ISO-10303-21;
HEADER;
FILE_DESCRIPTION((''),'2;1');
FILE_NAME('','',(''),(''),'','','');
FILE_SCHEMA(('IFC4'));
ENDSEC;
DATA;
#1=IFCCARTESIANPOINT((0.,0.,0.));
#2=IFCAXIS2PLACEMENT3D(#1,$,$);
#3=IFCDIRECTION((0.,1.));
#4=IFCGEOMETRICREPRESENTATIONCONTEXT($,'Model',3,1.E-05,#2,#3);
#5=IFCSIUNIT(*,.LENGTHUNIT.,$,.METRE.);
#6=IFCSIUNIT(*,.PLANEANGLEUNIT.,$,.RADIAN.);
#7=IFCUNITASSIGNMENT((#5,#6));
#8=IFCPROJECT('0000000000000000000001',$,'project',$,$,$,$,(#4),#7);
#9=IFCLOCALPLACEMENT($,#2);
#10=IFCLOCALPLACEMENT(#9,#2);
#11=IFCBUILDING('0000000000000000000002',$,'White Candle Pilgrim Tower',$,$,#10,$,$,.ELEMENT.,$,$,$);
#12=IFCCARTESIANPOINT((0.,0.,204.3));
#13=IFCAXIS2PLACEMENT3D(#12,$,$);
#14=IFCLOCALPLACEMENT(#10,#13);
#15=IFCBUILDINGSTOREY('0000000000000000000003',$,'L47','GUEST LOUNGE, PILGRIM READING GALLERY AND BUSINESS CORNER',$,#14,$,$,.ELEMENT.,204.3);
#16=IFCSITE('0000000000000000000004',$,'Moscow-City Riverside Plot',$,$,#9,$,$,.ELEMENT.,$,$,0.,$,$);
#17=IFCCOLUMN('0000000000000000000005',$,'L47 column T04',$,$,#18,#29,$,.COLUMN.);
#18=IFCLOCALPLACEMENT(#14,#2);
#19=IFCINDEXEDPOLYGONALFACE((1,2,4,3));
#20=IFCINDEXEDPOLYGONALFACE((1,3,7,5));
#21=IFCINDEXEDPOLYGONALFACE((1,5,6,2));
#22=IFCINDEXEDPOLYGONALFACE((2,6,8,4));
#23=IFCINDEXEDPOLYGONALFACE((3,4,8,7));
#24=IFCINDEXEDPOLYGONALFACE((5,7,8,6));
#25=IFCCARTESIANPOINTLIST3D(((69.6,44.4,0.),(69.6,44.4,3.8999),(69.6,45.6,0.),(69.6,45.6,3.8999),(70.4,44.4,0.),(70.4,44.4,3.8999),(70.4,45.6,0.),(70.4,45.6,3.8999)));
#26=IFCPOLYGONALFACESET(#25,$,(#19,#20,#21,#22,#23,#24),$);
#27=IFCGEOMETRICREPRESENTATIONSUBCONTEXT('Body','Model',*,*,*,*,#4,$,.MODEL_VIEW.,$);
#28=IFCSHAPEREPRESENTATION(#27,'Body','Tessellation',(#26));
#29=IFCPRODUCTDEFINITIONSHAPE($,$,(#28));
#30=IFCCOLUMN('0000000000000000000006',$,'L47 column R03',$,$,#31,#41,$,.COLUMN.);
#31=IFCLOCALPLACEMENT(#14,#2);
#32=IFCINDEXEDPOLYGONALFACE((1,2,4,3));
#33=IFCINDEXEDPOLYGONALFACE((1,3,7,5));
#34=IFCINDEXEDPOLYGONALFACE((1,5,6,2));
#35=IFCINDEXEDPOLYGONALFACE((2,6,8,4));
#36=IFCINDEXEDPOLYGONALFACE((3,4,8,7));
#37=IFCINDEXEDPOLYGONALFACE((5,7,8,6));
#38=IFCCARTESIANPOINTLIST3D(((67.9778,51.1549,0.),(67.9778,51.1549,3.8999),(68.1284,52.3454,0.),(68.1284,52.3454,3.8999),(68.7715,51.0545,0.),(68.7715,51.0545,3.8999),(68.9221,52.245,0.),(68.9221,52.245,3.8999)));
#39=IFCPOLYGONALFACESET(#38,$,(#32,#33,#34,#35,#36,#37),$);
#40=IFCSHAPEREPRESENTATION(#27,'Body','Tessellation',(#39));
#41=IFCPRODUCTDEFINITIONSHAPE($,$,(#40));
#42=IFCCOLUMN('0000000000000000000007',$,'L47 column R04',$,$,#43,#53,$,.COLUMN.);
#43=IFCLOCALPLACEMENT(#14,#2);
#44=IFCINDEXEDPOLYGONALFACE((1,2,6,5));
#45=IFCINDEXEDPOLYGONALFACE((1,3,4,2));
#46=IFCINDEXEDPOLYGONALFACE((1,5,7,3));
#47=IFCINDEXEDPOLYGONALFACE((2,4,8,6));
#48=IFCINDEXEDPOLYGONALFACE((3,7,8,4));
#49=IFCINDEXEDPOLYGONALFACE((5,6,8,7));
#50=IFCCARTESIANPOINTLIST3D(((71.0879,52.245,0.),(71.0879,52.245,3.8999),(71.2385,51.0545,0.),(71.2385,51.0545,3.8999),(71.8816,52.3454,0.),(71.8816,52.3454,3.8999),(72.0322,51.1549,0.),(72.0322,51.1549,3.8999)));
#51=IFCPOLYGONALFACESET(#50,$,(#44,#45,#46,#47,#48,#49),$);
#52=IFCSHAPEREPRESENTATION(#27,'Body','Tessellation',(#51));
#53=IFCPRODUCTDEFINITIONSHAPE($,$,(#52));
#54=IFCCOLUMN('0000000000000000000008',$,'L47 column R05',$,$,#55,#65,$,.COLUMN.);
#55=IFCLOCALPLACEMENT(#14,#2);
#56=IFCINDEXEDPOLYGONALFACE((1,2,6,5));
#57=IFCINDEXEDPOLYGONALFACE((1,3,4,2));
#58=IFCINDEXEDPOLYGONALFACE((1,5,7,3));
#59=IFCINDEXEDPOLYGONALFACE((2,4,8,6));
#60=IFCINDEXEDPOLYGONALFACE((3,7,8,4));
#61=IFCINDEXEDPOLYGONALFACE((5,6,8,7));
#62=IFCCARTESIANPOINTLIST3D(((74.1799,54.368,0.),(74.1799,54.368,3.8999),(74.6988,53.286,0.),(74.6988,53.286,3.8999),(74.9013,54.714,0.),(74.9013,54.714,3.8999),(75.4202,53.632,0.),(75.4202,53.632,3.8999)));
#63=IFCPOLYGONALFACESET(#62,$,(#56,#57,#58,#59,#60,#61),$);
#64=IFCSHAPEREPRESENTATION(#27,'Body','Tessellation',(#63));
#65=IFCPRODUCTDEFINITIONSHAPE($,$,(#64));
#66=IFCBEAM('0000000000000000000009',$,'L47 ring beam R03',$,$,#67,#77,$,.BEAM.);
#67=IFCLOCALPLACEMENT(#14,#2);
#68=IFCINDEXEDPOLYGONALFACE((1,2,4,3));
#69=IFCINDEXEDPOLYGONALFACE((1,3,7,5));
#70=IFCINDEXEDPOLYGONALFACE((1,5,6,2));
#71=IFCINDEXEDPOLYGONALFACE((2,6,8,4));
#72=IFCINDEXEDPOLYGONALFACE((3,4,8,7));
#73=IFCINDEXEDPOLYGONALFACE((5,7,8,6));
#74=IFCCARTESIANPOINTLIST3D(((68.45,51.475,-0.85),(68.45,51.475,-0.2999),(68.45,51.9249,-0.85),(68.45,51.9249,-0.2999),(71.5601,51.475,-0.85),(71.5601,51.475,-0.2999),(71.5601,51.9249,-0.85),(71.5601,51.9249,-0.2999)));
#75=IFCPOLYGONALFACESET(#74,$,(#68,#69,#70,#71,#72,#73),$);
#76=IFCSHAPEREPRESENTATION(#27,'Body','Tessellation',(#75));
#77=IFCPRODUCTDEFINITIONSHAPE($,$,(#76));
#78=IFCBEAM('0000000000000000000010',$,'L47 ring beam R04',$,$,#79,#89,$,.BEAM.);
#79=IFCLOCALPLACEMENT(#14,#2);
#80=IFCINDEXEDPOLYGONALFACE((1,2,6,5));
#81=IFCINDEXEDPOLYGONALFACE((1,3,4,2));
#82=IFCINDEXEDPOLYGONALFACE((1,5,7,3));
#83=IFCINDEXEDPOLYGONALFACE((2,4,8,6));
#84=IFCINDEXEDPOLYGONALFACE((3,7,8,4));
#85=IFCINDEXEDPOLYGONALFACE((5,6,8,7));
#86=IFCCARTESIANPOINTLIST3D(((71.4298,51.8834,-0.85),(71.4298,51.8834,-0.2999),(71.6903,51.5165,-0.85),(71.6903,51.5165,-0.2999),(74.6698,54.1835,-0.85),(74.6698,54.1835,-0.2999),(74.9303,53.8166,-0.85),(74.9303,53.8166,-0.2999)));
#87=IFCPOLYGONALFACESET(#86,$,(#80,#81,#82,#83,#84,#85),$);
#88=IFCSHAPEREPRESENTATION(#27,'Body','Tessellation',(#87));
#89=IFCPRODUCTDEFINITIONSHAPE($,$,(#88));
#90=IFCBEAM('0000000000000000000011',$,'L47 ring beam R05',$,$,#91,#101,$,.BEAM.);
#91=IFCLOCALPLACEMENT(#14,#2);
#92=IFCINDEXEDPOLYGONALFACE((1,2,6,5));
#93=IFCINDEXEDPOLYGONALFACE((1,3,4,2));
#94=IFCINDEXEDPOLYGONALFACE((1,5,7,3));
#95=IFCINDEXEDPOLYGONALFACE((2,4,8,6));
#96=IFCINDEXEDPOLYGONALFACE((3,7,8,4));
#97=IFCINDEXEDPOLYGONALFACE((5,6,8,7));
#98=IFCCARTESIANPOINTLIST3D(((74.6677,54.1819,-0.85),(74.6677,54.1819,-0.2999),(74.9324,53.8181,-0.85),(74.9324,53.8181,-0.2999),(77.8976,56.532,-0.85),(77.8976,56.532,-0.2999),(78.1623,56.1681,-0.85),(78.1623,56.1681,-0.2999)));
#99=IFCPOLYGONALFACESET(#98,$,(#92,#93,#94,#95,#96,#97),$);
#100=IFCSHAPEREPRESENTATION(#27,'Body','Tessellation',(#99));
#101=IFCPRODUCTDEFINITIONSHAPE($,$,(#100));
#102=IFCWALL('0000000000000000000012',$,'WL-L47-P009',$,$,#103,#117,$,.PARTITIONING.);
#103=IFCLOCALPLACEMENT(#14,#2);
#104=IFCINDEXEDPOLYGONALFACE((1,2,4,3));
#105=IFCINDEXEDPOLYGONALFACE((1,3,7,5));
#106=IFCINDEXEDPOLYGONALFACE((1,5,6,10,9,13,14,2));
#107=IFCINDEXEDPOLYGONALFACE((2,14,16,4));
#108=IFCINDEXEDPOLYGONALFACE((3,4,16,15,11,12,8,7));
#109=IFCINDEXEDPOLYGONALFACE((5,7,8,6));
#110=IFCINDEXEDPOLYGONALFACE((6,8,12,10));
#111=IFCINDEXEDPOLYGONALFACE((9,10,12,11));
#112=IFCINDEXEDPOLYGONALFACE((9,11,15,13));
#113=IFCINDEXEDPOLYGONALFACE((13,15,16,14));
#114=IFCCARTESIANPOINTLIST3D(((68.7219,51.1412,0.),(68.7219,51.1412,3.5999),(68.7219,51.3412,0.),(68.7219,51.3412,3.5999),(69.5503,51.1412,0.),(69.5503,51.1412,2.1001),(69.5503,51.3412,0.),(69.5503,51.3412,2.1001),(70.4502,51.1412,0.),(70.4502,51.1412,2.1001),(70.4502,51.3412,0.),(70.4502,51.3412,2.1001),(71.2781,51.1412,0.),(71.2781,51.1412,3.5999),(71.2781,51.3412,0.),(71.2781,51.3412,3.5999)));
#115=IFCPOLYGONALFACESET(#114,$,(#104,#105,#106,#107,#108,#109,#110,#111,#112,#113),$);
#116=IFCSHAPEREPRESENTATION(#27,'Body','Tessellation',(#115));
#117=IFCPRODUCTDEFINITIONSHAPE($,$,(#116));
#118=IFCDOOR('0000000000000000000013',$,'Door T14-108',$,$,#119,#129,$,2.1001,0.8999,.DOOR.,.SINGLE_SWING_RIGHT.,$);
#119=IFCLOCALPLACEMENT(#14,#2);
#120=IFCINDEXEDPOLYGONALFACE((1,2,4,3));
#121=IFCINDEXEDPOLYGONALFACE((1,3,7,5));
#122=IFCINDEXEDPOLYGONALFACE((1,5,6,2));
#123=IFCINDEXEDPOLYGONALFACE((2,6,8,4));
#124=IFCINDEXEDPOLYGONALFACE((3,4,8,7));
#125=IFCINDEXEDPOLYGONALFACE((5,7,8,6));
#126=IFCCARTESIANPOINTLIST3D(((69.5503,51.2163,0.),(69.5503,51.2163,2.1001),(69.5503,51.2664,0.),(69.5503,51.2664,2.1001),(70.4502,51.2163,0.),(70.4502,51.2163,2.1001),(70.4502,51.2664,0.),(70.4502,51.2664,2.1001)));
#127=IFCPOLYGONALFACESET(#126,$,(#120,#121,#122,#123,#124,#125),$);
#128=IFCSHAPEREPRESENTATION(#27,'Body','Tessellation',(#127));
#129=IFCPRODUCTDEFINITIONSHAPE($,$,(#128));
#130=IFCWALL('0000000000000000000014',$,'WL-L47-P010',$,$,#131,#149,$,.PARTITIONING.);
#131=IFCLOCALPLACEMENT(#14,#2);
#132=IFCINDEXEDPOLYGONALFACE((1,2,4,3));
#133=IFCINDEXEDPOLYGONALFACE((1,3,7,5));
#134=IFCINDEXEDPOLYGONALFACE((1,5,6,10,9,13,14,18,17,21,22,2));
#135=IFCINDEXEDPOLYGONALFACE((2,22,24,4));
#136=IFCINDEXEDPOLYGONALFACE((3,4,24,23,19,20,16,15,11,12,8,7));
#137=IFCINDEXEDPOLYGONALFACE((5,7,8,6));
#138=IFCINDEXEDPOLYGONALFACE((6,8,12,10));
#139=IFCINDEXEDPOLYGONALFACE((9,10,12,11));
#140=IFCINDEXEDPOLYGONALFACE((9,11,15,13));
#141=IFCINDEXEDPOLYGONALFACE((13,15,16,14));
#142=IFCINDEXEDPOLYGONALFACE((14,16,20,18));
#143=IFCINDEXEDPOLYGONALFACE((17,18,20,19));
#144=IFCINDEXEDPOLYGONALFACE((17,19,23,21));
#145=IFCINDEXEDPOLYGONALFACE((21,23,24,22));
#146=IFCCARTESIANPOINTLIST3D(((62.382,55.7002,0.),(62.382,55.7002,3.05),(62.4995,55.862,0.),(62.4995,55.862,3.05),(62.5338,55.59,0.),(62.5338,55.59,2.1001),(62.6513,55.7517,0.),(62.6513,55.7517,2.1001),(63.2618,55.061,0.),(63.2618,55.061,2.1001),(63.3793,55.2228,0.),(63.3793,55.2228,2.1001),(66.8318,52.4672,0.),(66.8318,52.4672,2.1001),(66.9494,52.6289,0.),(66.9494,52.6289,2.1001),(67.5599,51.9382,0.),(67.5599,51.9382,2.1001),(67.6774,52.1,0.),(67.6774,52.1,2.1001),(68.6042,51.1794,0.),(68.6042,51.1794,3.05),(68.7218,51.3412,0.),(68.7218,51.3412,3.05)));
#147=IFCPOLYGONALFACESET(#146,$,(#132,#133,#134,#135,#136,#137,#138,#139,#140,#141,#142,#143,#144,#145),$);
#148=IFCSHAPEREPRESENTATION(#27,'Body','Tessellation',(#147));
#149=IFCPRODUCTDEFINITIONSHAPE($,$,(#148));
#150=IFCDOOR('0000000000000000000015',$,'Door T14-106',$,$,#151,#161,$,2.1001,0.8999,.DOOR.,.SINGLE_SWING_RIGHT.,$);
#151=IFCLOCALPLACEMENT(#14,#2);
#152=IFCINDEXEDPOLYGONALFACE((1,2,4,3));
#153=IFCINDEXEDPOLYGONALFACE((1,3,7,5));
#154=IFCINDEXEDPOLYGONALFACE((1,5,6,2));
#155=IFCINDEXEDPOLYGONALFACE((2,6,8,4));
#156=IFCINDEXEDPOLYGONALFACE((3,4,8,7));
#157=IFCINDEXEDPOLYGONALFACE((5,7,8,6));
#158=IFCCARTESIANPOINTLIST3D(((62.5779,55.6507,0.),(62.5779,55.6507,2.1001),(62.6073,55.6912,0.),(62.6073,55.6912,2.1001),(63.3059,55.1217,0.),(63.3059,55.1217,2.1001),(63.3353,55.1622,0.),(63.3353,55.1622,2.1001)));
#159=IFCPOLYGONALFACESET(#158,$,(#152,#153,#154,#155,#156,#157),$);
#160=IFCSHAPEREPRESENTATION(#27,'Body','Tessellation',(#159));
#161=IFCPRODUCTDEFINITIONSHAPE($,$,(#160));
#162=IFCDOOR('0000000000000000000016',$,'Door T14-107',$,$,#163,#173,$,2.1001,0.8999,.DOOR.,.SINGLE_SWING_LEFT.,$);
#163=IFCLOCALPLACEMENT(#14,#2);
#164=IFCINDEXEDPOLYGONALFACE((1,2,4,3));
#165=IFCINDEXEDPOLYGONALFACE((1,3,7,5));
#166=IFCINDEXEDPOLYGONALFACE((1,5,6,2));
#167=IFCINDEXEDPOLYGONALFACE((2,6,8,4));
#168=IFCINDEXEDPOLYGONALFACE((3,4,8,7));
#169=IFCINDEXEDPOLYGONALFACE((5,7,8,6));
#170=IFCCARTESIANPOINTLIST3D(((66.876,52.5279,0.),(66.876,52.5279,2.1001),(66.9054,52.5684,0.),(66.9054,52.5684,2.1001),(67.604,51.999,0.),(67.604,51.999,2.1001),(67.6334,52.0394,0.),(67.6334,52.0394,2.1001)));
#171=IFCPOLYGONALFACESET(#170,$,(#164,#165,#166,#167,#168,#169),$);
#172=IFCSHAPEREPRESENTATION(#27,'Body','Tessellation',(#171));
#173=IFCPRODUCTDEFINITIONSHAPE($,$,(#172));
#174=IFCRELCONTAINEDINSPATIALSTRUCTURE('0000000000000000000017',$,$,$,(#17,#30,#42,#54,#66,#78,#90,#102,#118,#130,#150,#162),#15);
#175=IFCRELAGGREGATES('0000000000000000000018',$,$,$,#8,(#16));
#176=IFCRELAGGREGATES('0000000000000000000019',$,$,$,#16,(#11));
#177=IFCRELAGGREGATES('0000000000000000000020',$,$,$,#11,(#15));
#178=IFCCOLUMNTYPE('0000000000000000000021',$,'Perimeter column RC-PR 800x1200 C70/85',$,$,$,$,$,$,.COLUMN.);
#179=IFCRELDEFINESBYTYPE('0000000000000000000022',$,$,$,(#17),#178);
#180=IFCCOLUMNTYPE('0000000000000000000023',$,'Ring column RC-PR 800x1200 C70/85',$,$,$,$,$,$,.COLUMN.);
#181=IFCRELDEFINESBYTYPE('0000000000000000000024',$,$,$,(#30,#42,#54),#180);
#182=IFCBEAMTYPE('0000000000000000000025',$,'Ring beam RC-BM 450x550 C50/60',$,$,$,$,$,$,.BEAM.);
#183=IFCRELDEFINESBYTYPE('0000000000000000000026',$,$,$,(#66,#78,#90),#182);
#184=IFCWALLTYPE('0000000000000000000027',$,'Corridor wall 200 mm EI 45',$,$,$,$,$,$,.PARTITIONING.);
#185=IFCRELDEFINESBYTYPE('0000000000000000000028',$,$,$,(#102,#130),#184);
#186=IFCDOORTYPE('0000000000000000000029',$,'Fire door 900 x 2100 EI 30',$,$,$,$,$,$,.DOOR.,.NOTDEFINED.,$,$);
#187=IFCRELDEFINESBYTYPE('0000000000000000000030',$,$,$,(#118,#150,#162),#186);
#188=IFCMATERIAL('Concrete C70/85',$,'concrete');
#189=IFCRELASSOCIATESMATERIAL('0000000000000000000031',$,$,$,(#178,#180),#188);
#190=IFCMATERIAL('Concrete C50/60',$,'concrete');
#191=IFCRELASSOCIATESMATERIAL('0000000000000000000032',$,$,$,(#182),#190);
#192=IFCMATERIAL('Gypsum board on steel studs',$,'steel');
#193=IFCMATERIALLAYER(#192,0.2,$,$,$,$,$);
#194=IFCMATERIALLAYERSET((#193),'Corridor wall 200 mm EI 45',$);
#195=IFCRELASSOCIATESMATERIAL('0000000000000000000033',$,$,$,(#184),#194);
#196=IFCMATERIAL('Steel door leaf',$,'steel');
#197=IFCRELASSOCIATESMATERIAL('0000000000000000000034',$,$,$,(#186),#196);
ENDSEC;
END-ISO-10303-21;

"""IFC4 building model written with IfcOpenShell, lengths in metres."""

from ifc_helpers import new_model, si_unit, direction, frame, frame_2d, origin, origin_2d, place, context, subcontext, project, spatial, rectangle, extrude, material, layer, layer_set, material_profile, profile_set, type_object, element, fill, save


model = new_model("IFC4")

# Units and contexts
model_context = context("Model", 3, precision=1e-05, world=origin(), true_north=direction((0.0, 1.0)))
body_context = subcontext(model_context, "Body", "Model", "MODEL_VIEW")
ifc_project = project(units=[si_unit("LENGTHUNIT", "METRE"), si_unit("PLANEANGLEUNIT", "RADIAN")], contexts=[model_context])

# Site, building, storey
site_placement = place(None, origin())
site = spatial("IfcSite", under=ifc_project, at=site_placement, Name="Moscow-City Riverside Plot", CompositionType="ELEMENT", RefElevation=0.0)
building_placement = place(site_placement, origin())
building = spatial("IfcBuilding", under=site, at=building_placement, Name="White Candle Pilgrim Tower", CompositionType="ELEMENT")
storey_placement = place(building_placement, frame((0.0, 0.0, 204.3)))
storey = spatial("IfcBuildingStorey", under=building, at=storey_placement, Name="L47", Description="GUEST LOUNGE, PILGRIM READING GALLERY AND BUSINESS CORNER", CompositionType="ELEMENT", Elevation=204.3)

# Columns
ifc_material_1 = material(Name="Concrete C70/85", Category="concrete")
ifc_material_profile_1 = material_profile(ifc_material_1, rectangle(XDim=0.8, YDim=1.2, at=origin_2d()), Name="RC-PR 800x1200")
ifc_profile_set_1 = profile_set([ifc_material_profile_1], Name="Concrete C70/85")
column_type_1 = type_object("IfcColumnType", Name="Perimeter column RC-PR 800x1200 C70/85", PredefinedType="COLUMN", material=ifc_profile_set_1)
column_placement = place(storey_placement, frame((70.0, 45.0, 0.0), z_axis=(0.0, 0.0, 1.0), x_axis=(-1.0, 0.0, 0.0)))
element("IfcColumn", 1, at=column_placement, inside=storey, type_object=column_type_1, Name="L47 column T04", PredefinedType="COLUMN", context=body_context, shape_type="SweptSolid", body=[
    extrude(rectangle(XDim=0.8, YDim=1.2, at=origin_2d()), origin(), (0.0, 0.0, 1.0), 3.8999),
])
ifc_material_profile_2 = material_profile(ifc_material_1, rectangle(XDim=0.8, YDim=1.2, at=origin_2d()), Name="RC-PR 800x1200")
ifc_profile_set_2 = profile_set([ifc_material_profile_2], Name="Concrete C70/85")
column_type_2 = type_object("IfcColumnType", Name="Ring column RC-PR 800x1200 C70/85", PredefinedType="COLUMN", material=ifc_profile_set_2)
for number, where, z_axis, x_axis, name in (
    (2, (68.45, 51.7, 0.0), (0.0, 0.0, 1.0), (-0.992093, 0.125506, 0.0), "L47 column R03"),
    (3, (71.5601, 51.7, 0.0), (0.0, 0.0, 1.0), (-0.992093, -0.125506, 0.0), "L47 column R04"),
    (4, (74.8, 54.0, 0.0), (0.0, 0.0, 1.0), (-0.901689, -0.432385, 0.0), "L47 column R05"),
):
    element("IfcColumn", number, at=place(storey_placement, frame(where, z_axis=z_axis, x_axis=x_axis)), inside=storey, type_object=column_type_2, Name=name, PredefinedType="COLUMN", context=body_context, shape_type="SweptSolid", body=[
        extrude(rectangle(XDim=0.8, YDim=1.2, at=origin_2d()), origin(), (0.0, 0.0, 1.0), 3.8999),
    ])

# Beams
ifc_material_2 = material(Name="Concrete C50/60", Category="concrete")
ifc_material_profile_3 = material_profile(ifc_material_2, rectangle(XDim=0.45, YDim=0.55, at=origin_2d()), Name="RC-BM 450x550")
ifc_profile_set_3 = profile_set([ifc_material_profile_3], Name="Concrete C50/60")
beam_type = type_object("IfcBeamType", Name="Ring beam RC-BM 450x550 C50/60", PredefinedType="BEAM", material=ifc_profile_set_3)
beam_1_placement = place(storey_placement, frame((68.45, 51.7, -0.575), z_axis=(1.0, 0.0, 0.0), x_axis=(0.0, 1.0, 0.0)))
element("IfcBeam", 5, at=beam_1_placement, inside=storey, type_object=beam_type, Name="L47 ring beam R03", PredefinedType="BEAM", context=body_context, shape_type="SweptSolid", body=[
    extrude(rectangle(XDim=0.45, YDim=0.55, at=origin_2d()), origin(), (0.0, 0.0, 1.0), 3.1101),
])
beam_2_placement = place(storey_placement, frame((71.5601, 51.7, -0.575), z_axis=(0.815424, 0.578864, 0.0), x_axis=(-0.578864, 0.815424, 0.0)))
element("IfcBeam", 6, at=beam_2_placement, inside=storey, type_object=beam_type, Name="L47 ring beam R04", PredefinedType="BEAM", context=body_context, shape_type="SweptSolid", body=[
    extrude(rectangle(XDim=0.45, YDim=0.55, at=origin_2d()), origin(), (0.0, 0.0, 1.0), 3.9734),
])
beam_3_placement = place(storey_placement, frame((74.8, 54.0, -0.575), z_axis=(0.808614, 0.588339, 0.0), x_axis=(-0.588339, 0.808614, 0.0)))
element("IfcBeam", 7, at=beam_3_placement, inside=storey, type_object=beam_type, Name="L47 ring beam R05", PredefinedType="BEAM", context=body_context, shape_type="SweptSolid", body=[
    extrude(rectangle(XDim=0.45, YDim=0.55, at=origin_2d()), origin(), (0.0, 0.0, 1.0), 3.9944),
])

# Wall, opening, door
ifc_material_3 = material(Name="Gypsum board on steel studs", Category="steel")
ifc_layer_1 = layer(ifc_material_3, 0.2)
ifc_layer_set_1 = layer_set([ifc_layer_1], Name="Corridor wall 200 mm EI 45")
wall_type_1 = type_object("IfcWallType", Name="Corridor wall 200 mm EI 45", PredefinedType="PARTITIONING", material=ifc_layer_set_1)
wall_1_placement = place(storey_placement, frame((71.2781, 51.2412, 0.0), z_axis=(0.0, 0.0, 1.0), x_axis=(-1.0, 0.0, 0.0)))
wall_1 = element("IfcWall", 8, at=wall_1_placement, inside=storey, type_object=wall_type_1, Name="WL-L47-P009", PredefinedType="PARTITIONING", context=body_context, shape_type="SweptSolid", body=[
    extrude(rectangle(XDim=2.5562, YDim=0.2, at=frame_2d((1.2781, 0.0))), origin(), (0.0, 0.0, 1.0), 3.5999),
])
opening_1_placement = place(wall_1_placement, frame((0.8279, 0.0, 0.0)))
opening_1 = element("IfcOpeningElement", 9, at=opening_1_placement, cuts=wall_1, PredefinedType="OPENING", context=body_context, shape_type="SweptSolid", body=[
    extrude(rectangle(XDim=0.8999, YDim=2.1001, at=frame_2d((0.45, 1.05))), frame((0.0, 0.1099, 0.0), z_axis=(0.0, -1.0, 0.0), x_axis=(1.0, 0.0, 0.0)), (0.0, 0.0, 1.0), 0.22),
])
ifc_material_4 = material(Name="Steel door leaf", Category="steel")
door_type = type_object("IfcDoorType", Name="Fire door 900 x 2100 EI 30", OperationType="NOTDEFINED", PredefinedType="DOOR", material=ifc_material_4)
door_1_placement = place(opening_1_placement, origin())
door_1 = element("IfcDoor", 10, at=door_1_placement, inside=storey, type_object=door_type, Name="Door T14-108", OperationType="SINGLE_SWING_RIGHT", OverallHeight=2.1001, OverallWidth=0.8999, PredefinedType="DOOR", context=body_context, shape_type="SweptSolid", body=[
    extrude(rectangle(XDim=0.8999, YDim=2.1001, at=frame_2d((0.45, 1.05))), frame((0.0, 0.0249, 0.0), z_axis=(0.0, -1.0, 0.0), x_axis=(1.0, 0.0, 0.0)), (0.0, 0.0, 1.0), 0.05),
])
fill(opening_1, door_1)

# Wall, openings, doors
wall_2_placement = place(storey_placement, frame((68.6631, 51.2603, 0.0), z_axis=(0.0, 0.0, 1.0), x_axis=(-0.809012, 0.587792, 0.0)))
wall_2 = element("IfcWall", 11, at=wall_2_placement, inside=storey, type_object=wall_type_1, Name="WL-L47-P010", PredefinedType="PARTITIONING", context=body_context, shape_type="SweptSolid", body=[
    extrude(rectangle(XDim=7.6912, YDim=0.2, at=frame_2d((3.8457, 0.0))), origin(), (0.0, 0.0, 1.0), 3.05),
])
opening_2_placement = place(wall_2_placement, frame((6.6038, 0.0, 0.0)))
opening_2 = element("IfcOpeningElement", 12, at=opening_2_placement, cuts=wall_2, PredefinedType="OPENING", context=body_context, shape_type="SweptSolid", body=[
    extrude(rectangle(XDim=0.8999, YDim=2.1001, at=frame_2d((0.45, 1.05))), frame((0.0, 0.1099, 0.0), z_axis=(0.0, -1.0, 0.0), x_axis=(1.0, 0.0, 0.0)), (0.0, 0.0, 1.0), 0.22),
])
opening_3_placement = place(wall_2_placement, frame((1.291, 0.0, 0.0)))
opening_3 = element("IfcOpeningElement", 13, at=opening_3_placement, cuts=wall_2, PredefinedType="OPENING", context=body_context, shape_type="SweptSolid", body=[
    extrude(rectangle(XDim=0.8999, YDim=2.1001, at=frame_2d((0.45, 1.05))), frame((0.0, 0.1099, 0.0), z_axis=(0.0, -1.0, 0.0), x_axis=(1.0, 0.0, 0.0)), (0.0, 0.0, 1.0), 0.22),
])
door_2_placement = place(opening_2_placement, origin())
door_2 = element("IfcDoor", 14, at=door_2_placement, inside=storey, type_object=door_type, Name="Door T14-106", OperationType="SINGLE_SWING_RIGHT", OverallHeight=2.1001, OverallWidth=0.8999, PredefinedType="DOOR", context=body_context, shape_type="SweptSolid", body=[
    extrude(rectangle(XDim=0.8999, YDim=2.1001, at=frame_2d((0.45, 1.05))), frame((0.0, 0.0249, 0.0), z_axis=(0.0, -1.0, 0.0), x_axis=(1.0, 0.0, 0.0)), (0.0, 0.0, 1.0), 0.05),
])
fill(opening_2, door_2)
door_3_placement = place(opening_3_placement, origin())
door_3 = element("IfcDoor", 15, at=door_3_placement, inside=storey, type_object=door_type, Name="Door T14-107", OperationType="SINGLE_SWING_LEFT", OverallHeight=2.1001, OverallWidth=0.8999, PredefinedType="DOOR", context=body_context, shape_type="SweptSolid", body=[
    extrude(rectangle(XDim=0.8999, YDim=2.1001, at=frame_2d((0.45, 1.05))), frame((0.0, 0.0249, 0.0), z_axis=(0.0, -1.0, 0.0), x_axis=(1.0, 0.0, 0.0)), (0.0, 0.0, 1.0), 0.05),
])
fill(opening_3, door_3)

save(model, "model.ifc")
